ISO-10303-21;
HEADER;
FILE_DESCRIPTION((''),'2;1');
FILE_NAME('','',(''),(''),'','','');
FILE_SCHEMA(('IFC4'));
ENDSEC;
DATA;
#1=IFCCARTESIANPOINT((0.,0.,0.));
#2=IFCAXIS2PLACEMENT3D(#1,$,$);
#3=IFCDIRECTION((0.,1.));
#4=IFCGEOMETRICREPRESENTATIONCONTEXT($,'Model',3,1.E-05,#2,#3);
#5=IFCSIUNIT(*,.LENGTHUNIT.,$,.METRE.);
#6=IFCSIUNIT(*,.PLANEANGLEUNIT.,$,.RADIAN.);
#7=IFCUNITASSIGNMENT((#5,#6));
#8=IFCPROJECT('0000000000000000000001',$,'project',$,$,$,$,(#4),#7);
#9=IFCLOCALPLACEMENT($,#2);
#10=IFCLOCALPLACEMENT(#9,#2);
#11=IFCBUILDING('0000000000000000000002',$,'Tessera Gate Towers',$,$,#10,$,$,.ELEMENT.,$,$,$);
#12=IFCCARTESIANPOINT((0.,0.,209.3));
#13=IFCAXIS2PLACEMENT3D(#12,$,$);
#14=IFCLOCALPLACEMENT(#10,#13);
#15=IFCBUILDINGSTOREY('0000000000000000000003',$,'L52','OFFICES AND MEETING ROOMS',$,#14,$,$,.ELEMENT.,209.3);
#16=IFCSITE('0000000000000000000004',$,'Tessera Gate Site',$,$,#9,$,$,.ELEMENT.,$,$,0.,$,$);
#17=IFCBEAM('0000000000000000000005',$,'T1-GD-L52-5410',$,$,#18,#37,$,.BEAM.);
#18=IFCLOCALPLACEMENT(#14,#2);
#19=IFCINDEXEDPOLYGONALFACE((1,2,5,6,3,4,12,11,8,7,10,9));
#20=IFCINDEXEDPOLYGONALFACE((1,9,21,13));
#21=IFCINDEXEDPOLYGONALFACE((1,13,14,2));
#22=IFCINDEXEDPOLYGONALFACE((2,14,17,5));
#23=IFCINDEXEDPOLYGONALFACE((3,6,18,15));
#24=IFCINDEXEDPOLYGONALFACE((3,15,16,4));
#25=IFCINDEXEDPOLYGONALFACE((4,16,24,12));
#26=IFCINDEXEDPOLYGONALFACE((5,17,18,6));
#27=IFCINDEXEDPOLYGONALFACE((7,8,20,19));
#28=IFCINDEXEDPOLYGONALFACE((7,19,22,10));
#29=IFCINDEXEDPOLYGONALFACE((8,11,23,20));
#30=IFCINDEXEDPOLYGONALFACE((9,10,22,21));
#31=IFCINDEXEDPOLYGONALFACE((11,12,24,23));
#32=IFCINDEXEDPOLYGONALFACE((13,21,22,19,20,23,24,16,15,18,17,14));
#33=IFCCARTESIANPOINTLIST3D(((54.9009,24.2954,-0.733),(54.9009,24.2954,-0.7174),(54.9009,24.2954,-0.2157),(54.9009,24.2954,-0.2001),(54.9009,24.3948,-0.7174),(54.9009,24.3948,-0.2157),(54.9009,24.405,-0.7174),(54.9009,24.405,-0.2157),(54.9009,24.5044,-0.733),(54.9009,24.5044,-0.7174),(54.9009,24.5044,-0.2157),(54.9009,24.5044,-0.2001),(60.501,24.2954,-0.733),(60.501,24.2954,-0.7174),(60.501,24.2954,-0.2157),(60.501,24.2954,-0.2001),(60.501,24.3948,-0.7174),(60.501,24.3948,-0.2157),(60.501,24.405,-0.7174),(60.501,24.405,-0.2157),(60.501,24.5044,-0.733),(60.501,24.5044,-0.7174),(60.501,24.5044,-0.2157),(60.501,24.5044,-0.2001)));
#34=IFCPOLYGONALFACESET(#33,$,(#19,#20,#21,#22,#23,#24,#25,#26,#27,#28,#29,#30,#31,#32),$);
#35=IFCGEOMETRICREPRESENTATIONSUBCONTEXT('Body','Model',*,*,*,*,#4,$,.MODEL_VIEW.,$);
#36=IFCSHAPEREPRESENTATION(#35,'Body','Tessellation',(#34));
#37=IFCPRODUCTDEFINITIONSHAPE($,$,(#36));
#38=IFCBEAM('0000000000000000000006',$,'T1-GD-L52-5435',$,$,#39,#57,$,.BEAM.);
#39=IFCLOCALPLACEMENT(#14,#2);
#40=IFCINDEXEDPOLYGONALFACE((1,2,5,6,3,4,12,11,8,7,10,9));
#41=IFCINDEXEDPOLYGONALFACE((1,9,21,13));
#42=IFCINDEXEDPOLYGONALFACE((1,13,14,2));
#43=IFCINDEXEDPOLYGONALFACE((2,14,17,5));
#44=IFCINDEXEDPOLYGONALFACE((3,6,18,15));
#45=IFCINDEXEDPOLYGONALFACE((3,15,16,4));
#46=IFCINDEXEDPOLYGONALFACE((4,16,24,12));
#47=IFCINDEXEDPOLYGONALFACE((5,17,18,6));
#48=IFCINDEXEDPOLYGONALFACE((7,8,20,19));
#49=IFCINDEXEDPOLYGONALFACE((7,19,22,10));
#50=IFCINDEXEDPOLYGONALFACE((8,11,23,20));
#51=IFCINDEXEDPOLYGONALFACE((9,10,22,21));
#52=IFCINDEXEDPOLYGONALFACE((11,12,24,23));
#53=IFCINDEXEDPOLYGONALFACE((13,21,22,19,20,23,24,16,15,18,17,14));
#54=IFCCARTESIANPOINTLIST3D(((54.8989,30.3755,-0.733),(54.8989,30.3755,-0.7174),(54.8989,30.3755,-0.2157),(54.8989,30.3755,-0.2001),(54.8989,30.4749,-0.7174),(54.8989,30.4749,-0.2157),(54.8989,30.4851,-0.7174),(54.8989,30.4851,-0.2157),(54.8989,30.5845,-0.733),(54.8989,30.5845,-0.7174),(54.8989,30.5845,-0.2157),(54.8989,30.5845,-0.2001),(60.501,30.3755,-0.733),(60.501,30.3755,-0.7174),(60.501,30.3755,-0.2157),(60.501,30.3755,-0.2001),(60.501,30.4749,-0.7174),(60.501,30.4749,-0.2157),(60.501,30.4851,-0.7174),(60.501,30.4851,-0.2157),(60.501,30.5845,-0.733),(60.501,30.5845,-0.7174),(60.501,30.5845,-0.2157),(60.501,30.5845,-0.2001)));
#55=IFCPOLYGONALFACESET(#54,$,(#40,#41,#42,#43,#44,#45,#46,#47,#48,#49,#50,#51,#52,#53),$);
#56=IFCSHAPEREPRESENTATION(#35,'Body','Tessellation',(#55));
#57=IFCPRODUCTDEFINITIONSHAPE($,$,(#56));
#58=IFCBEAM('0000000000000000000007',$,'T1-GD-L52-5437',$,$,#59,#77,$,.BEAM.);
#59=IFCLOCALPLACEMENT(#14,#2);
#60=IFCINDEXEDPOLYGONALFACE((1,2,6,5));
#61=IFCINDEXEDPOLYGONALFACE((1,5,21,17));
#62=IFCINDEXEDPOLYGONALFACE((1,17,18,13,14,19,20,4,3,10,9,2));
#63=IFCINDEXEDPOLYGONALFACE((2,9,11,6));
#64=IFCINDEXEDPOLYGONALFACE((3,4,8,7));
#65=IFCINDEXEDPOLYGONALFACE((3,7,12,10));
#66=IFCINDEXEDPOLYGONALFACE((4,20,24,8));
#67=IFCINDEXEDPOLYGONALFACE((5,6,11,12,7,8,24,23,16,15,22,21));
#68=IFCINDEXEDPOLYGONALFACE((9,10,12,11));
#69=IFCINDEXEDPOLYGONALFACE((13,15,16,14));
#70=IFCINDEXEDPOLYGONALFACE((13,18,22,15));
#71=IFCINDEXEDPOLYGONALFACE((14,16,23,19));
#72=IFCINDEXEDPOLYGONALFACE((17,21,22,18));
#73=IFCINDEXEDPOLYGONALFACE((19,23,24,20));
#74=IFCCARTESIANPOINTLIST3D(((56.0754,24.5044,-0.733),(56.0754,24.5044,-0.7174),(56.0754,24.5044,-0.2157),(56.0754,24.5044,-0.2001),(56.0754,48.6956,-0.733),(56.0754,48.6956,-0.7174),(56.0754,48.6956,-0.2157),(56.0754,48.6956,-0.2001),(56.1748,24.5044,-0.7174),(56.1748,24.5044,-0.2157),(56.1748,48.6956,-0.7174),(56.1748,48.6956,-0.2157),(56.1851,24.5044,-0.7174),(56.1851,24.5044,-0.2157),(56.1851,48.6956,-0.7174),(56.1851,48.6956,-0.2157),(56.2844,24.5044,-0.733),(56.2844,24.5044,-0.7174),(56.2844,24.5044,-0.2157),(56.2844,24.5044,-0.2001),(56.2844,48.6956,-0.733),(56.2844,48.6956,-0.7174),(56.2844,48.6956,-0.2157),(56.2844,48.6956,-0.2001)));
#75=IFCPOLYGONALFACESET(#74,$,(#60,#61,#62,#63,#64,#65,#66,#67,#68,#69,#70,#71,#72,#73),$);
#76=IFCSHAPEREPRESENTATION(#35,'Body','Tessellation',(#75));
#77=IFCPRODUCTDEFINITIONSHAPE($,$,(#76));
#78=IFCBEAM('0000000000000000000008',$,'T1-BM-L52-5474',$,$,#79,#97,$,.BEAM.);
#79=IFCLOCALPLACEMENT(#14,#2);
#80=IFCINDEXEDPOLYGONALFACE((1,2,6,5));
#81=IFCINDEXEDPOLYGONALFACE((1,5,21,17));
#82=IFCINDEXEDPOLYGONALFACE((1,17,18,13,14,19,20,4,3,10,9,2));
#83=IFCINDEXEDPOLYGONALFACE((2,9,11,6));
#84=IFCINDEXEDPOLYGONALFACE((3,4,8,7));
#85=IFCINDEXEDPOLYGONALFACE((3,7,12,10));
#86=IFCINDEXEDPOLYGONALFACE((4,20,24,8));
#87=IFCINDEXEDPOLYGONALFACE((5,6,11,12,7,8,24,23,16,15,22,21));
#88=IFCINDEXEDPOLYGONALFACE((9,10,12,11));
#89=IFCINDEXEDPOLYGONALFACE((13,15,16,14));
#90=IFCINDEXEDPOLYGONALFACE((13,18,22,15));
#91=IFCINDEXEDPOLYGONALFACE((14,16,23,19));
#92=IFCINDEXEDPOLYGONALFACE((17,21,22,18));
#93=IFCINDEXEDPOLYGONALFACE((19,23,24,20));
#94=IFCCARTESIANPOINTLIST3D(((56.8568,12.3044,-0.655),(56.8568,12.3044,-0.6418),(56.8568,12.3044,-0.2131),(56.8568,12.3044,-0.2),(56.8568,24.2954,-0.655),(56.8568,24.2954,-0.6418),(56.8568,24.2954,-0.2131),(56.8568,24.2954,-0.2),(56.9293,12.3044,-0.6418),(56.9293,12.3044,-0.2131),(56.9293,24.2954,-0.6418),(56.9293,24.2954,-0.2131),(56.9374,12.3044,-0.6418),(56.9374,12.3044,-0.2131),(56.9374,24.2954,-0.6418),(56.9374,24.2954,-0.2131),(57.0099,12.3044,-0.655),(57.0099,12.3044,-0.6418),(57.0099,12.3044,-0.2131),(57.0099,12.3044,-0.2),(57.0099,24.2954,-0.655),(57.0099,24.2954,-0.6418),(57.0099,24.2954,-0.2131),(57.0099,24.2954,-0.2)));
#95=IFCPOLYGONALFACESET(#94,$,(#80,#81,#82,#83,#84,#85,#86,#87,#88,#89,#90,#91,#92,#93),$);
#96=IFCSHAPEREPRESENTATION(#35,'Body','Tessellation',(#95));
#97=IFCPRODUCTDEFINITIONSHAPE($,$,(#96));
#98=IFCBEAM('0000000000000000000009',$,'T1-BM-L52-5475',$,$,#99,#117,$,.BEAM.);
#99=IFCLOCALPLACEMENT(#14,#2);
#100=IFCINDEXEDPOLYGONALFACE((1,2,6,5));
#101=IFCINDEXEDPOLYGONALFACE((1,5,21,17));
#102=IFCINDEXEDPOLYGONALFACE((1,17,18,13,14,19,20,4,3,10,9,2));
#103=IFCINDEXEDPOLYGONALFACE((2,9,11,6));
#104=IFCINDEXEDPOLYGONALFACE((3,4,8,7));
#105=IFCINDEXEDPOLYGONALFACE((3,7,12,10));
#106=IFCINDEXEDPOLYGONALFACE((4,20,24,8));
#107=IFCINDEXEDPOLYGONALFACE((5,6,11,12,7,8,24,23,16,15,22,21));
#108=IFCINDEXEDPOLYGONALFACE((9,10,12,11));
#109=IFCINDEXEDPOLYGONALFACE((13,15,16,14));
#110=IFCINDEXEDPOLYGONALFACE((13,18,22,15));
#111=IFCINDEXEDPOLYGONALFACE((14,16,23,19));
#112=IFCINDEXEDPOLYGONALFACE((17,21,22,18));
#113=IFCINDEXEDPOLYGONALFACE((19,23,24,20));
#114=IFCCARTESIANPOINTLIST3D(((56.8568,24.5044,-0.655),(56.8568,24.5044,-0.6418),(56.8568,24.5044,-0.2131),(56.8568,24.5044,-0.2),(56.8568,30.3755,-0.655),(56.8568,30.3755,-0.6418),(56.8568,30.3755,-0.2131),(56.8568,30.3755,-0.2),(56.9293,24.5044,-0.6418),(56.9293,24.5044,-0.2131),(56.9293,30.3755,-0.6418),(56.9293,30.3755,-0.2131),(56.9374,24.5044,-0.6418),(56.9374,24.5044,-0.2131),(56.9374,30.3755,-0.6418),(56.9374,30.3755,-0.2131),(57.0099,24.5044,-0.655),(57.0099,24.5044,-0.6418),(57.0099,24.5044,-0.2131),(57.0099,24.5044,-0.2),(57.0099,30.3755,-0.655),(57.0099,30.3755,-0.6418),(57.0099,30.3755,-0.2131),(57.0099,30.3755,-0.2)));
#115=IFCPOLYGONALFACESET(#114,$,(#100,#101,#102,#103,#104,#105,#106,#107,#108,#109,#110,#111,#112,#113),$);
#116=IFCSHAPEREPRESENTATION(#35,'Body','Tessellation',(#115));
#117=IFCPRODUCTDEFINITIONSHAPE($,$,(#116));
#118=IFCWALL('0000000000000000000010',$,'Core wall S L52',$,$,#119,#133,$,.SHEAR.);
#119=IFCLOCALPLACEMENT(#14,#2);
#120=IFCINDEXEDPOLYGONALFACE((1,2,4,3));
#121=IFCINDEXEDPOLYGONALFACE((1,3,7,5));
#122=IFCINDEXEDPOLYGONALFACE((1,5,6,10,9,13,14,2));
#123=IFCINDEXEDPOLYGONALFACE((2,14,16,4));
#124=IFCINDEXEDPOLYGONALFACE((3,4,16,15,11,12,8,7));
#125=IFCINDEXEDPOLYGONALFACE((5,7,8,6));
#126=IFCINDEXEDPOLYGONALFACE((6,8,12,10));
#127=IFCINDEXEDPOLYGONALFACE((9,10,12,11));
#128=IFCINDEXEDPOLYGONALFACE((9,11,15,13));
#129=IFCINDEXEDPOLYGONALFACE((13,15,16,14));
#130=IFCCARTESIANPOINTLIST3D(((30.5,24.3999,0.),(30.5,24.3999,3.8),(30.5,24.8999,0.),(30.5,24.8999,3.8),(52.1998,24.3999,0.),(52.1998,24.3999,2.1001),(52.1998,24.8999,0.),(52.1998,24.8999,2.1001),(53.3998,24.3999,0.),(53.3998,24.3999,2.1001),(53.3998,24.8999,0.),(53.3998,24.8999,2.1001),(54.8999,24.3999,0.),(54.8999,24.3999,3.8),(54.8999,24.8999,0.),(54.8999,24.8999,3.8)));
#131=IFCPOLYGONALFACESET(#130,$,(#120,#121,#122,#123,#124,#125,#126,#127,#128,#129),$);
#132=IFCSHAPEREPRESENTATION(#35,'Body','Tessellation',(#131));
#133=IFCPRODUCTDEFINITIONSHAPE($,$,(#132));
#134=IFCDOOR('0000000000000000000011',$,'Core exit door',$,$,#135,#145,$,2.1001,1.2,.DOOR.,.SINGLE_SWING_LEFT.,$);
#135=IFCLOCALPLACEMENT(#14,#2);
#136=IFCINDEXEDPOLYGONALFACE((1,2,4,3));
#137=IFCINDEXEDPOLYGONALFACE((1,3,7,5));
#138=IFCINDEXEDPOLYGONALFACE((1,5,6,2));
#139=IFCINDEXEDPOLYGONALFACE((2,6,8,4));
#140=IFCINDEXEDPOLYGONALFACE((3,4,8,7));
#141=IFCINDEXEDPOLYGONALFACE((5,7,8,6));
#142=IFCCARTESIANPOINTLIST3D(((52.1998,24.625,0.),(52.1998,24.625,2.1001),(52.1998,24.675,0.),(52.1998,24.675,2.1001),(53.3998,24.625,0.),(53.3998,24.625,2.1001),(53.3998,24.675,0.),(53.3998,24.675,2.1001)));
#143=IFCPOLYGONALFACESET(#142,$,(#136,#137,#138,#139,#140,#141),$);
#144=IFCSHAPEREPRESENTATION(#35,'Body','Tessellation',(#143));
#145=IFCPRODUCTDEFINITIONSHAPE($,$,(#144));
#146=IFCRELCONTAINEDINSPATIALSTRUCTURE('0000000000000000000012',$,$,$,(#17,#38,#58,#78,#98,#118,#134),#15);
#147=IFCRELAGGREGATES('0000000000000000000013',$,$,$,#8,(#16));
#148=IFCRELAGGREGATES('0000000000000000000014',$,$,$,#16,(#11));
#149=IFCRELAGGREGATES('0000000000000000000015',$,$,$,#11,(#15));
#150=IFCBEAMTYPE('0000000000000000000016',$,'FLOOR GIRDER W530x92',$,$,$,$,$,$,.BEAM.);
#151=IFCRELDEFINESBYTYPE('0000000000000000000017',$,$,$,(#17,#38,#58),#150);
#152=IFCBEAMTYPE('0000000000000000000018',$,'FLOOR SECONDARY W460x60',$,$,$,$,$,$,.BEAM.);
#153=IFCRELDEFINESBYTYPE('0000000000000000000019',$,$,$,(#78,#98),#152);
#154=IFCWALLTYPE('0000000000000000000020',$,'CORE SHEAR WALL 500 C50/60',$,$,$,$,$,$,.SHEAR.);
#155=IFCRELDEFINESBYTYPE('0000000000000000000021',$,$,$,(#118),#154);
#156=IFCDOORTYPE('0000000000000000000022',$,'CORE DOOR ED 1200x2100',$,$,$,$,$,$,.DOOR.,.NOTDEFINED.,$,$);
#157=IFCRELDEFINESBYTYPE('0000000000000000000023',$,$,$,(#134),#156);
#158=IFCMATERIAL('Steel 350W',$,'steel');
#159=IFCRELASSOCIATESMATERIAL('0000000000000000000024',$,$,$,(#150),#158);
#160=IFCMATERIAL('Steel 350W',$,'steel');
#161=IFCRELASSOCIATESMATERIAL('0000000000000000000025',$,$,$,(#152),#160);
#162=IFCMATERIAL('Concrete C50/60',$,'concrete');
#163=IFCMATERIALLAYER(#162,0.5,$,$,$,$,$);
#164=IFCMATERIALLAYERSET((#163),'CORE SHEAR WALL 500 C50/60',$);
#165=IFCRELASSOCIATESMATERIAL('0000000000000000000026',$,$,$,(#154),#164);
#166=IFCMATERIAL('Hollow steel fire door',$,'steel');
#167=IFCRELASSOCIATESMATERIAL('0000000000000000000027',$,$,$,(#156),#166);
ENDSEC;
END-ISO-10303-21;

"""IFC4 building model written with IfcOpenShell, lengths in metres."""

from ifc_helpers import new_model, si_unit, direction, frame, frame_2d, origin, origin_2d, place, context, subcontext, project, spatial, rectangle, i_section, extrude, source, transform, mapped, material, layer, layer_set, material_profile, profile_set, type_object, element, fill, save


model = new_model("IFC4")

# Units and contexts
model_context = context("Model", 3, precision=1e-05, world=origin(), true_north=direction((0.0, 1.0)))
body_context = subcontext(model_context, "Body", "Model", "MODEL_VIEW")
ifc_project = project(units=[si_unit("LENGTHUNIT", "METRE"), si_unit("PLANEANGLEUNIT", "RADIAN")], contexts=[model_context])

# Site, building, storey
site_placement = place(None, origin())
site = spatial("IfcSite", under=ifc_project, at=site_placement, Name="Tessera Gate Site", CompositionType="ELEMENT", RefElevation=0.0)
building_placement = place(site_placement, origin())
building = spatial("IfcBuilding", under=site, at=building_placement, Name="Tessera Gate Towers", CompositionType="ELEMENT")
storey_placement = place(building_placement, frame((0.0, 0.0, 209.3)))
storey = spatial("IfcBuildingStorey", under=building, at=storey_placement, Name="L52", Description="OFFICES AND MEETING ROOMS", CompositionType="ELEMENT", Elevation=209.3)

# Beams
ifc_material_1 = material(Name="Steel 350W", Category="steel")
ifc_material_profile_1 = material_profile(ifc_material_1, i_section(OverallWidth=0.209, OverallDepth=0.533, WebThickness=0.0103, FlangeThickness=0.0156, at=origin_2d()), Name="W530x92")
ifc_profile_set_1 = profile_set([ifc_material_profile_1], Name="Steel 350W")
beam_type_1 = type_object("IfcBeamType", Name="FLOOR GIRDER W530x92", PredefinedType="BEAM", material=ifc_profile_set_1)
beam_1_placement = place(storey_placement, frame((54.9009, 24.3999, -0.4666), z_axis=(1.0, 0.0, 0.0), x_axis=(0.0, 1.0, 0.0)))
element("IfcBeam", 1, at=beam_1_placement, inside=storey, type_object=beam_type_1, Name="T1-GD-L52-5410", PredefinedType="BEAM", context=body_context, shape_type="SweptSolid", body=[
    extrude(i_section(OverallWidth=0.209, OverallDepth=0.533, WebThickness=0.0103, FlangeThickness=0.0156, at=origin_2d()), origin(), (0.0, 0.0, 1.0), 5.6001),
])
beam_2_placement = place(storey_placement, frame((54.8989, 30.48, -0.4666), z_axis=(1.0, 0.0, 0.0), x_axis=(0.0, 1.0, 0.0)))
element("IfcBeam", 2, at=beam_2_placement, inside=storey, type_object=beam_type_1, Name="T1-GD-L52-5435", PredefinedType="BEAM", context=body_context, shape_type="SweptSolid", body=[
    extrude(i_section(OverallWidth=0.209, OverallDepth=0.533, WebThickness=0.0103, FlangeThickness=0.0156, at=origin_2d()), origin(), (0.0, 0.0, 1.0), 5.6021),
])
beam_3_placement = place(storey_placement, frame((56.1799, 24.5044, -0.4666), z_axis=(0.0, 1.0, 0.0), x_axis=(-1.0, 0.0, 0.0)))
element("IfcBeam", 3, at=beam_3_placement, inside=storey, type_object=beam_type_1, Name="T1-GD-L52-5437", PredefinedType="BEAM", context=body_context, shape_type="SweptSolid", body=[
    extrude(i_section(OverallWidth=0.209, OverallDepth=0.533, WebThickness=0.0103, FlangeThickness=0.0156, at=origin_2d()), origin(), (0.0, 0.0, 1.0), 24.1912),
])
ifc_material_2 = material(Name="Steel 350W", Category="steel")
ifc_material_profile_2 = material_profile(ifc_material_2, i_section(OverallWidth=0.1531, OverallDepth=0.4551, WebThickness=0.0081, FlangeThickness=0.0132, at=origin_2d()), Name="W460x60")
ifc_profile_set_2 = profile_set([ifc_material_profile_2], Name="Steel 350W")
beam_type_2 = type_object("IfcBeamType", Name="FLOOR SECONDARY W460x60", PredefinedType="BEAM", material=ifc_profile_set_2)
beam_4_placement = place(storey_placement, frame((56.9333, 12.3044, -0.4275), z_axis=(0.0, 1.0, 0.0), x_axis=(-1.0, 0.0, 0.0)))
element("IfcBeam", 4, at=beam_4_placement, inside=storey, type_object=beam_type_2, Name="T1-BM-L52-5474", PredefinedType="BEAM", context=body_context, shape_type="SweptSolid", body=[
    extrude(i_section(OverallWidth=0.1531, OverallDepth=0.4551, WebThickness=0.0081, FlangeThickness=0.0132, at=origin_2d()), origin(), (0.0, 0.0, 1.0), 11.991),
])
beam_5_placement = place(storey_placement, frame((56.9333, 24.5044, -0.4275), z_axis=(0.0, 1.0, 0.0), x_axis=(-1.0, 0.0, 0.0)))
element("IfcBeam", 5, at=beam_5_placement, inside=storey, type_object=beam_type_2, Name="T1-BM-L52-5475", PredefinedType="BEAM", context=body_context, shape_type="SweptSolid", body=[
    extrude(i_section(OverallWidth=0.1531, OverallDepth=0.4551, WebThickness=0.0081, FlangeThickness=0.0132, at=origin_2d()), origin(), (0.0, 0.0, 1.0), 5.8711),
])

# Wall, opening, door
ifc_material_3 = material(Name="Concrete C50/60", Category="concrete")
ifc_layer_1 = layer(ifc_material_3, 0.5)
ifc_layer_set_1 = layer_set([ifc_layer_1], Name="CORE SHEAR WALL 500 C50/60")
wall_type_1 = type_object("IfcWallType", Name="CORE SHEAR WALL 500 C50/60", PredefinedType="SHEAR", material=ifc_layer_set_1)
wall_1_placement = place(storey_placement, frame((54.8999, 24.6499, 0.0), z_axis=(0.0, 0.0, 1.0), x_axis=(-1.0, 0.0, 0.0)))
wall_1 = element("IfcWall", 6, at=wall_1_placement, inside=storey, type_object=wall_type_1, Name="Core wall S L52", PredefinedType="SHEAR", context=body_context, shape_type="SweptSolid", body=[
    extrude(rectangle(XDim=24.3999, YDim=0.5, at=frame_2d((12.2, 0.0))), origin(), (0.0, 0.0, 1.0), 3.8),
])
shared_shape_1 = source(origin(), body_context, "Body", "SweptSolid", [
    extrude(rectangle(XDim=1.2, YDim=2.1001, at=frame_2d((0.6001, 1.05))), frame((0.0, 0.26, 0.0), z_axis=(0.0, -1.0, 0.0), x_axis=(1.0, 0.0, 0.0)), (0.0, 0.0, 1.0), 0.52),
])
opening_1_placement = place(wall_1_placement, frame((1.5, 0.0, 0.0)))
opening_1 = element("IfcOpeningElement", 7, at=opening_1_placement, cuts=wall_1, PredefinedType="OPENING", context=body_context, shape_type="MappedRepresentation", body=[
    mapped(shared_shape_1, transform((0.0, 0.0, 0.0), scale=1.0)),
])
ifc_material_4 = material(Name="Hollow steel fire door", Category="steel")
door_type_1 = type_object("IfcDoorType", Name="CORE DOOR ED 1200x2100", OperationType="NOTDEFINED", PredefinedType="DOOR", material=ifc_material_4)
shared_shape_2 = source(origin(), body_context, "Body", "SweptSolid", [
    extrude(rectangle(XDim=1.2, YDim=2.1001, at=frame_2d((0.6001, 1.05))), frame((0.0, 0.0249, 0.0), z_axis=(0.0, -1.0, 0.0), x_axis=(1.0, 0.0, 0.0)), (0.0, 0.0, 1.0), 0.05),
])
door_1_placement = place(opening_1_placement, origin())
door_1 = element("IfcDoor", 8, at=door_1_placement, inside=storey, type_object=door_type_1, Name="Core exit door", OperationType="SINGLE_SWING_LEFT", OverallHeight=2.1001, OverallWidth=1.2, PredefinedType="DOOR", context=body_context, shape_type="MappedRepresentation", body=[
    mapped(shared_shape_2, transform((0.0, 0.0, 0.0), scale=1.0)),
])
fill(opening_1, door_1)

save(model, "model.ifc")
